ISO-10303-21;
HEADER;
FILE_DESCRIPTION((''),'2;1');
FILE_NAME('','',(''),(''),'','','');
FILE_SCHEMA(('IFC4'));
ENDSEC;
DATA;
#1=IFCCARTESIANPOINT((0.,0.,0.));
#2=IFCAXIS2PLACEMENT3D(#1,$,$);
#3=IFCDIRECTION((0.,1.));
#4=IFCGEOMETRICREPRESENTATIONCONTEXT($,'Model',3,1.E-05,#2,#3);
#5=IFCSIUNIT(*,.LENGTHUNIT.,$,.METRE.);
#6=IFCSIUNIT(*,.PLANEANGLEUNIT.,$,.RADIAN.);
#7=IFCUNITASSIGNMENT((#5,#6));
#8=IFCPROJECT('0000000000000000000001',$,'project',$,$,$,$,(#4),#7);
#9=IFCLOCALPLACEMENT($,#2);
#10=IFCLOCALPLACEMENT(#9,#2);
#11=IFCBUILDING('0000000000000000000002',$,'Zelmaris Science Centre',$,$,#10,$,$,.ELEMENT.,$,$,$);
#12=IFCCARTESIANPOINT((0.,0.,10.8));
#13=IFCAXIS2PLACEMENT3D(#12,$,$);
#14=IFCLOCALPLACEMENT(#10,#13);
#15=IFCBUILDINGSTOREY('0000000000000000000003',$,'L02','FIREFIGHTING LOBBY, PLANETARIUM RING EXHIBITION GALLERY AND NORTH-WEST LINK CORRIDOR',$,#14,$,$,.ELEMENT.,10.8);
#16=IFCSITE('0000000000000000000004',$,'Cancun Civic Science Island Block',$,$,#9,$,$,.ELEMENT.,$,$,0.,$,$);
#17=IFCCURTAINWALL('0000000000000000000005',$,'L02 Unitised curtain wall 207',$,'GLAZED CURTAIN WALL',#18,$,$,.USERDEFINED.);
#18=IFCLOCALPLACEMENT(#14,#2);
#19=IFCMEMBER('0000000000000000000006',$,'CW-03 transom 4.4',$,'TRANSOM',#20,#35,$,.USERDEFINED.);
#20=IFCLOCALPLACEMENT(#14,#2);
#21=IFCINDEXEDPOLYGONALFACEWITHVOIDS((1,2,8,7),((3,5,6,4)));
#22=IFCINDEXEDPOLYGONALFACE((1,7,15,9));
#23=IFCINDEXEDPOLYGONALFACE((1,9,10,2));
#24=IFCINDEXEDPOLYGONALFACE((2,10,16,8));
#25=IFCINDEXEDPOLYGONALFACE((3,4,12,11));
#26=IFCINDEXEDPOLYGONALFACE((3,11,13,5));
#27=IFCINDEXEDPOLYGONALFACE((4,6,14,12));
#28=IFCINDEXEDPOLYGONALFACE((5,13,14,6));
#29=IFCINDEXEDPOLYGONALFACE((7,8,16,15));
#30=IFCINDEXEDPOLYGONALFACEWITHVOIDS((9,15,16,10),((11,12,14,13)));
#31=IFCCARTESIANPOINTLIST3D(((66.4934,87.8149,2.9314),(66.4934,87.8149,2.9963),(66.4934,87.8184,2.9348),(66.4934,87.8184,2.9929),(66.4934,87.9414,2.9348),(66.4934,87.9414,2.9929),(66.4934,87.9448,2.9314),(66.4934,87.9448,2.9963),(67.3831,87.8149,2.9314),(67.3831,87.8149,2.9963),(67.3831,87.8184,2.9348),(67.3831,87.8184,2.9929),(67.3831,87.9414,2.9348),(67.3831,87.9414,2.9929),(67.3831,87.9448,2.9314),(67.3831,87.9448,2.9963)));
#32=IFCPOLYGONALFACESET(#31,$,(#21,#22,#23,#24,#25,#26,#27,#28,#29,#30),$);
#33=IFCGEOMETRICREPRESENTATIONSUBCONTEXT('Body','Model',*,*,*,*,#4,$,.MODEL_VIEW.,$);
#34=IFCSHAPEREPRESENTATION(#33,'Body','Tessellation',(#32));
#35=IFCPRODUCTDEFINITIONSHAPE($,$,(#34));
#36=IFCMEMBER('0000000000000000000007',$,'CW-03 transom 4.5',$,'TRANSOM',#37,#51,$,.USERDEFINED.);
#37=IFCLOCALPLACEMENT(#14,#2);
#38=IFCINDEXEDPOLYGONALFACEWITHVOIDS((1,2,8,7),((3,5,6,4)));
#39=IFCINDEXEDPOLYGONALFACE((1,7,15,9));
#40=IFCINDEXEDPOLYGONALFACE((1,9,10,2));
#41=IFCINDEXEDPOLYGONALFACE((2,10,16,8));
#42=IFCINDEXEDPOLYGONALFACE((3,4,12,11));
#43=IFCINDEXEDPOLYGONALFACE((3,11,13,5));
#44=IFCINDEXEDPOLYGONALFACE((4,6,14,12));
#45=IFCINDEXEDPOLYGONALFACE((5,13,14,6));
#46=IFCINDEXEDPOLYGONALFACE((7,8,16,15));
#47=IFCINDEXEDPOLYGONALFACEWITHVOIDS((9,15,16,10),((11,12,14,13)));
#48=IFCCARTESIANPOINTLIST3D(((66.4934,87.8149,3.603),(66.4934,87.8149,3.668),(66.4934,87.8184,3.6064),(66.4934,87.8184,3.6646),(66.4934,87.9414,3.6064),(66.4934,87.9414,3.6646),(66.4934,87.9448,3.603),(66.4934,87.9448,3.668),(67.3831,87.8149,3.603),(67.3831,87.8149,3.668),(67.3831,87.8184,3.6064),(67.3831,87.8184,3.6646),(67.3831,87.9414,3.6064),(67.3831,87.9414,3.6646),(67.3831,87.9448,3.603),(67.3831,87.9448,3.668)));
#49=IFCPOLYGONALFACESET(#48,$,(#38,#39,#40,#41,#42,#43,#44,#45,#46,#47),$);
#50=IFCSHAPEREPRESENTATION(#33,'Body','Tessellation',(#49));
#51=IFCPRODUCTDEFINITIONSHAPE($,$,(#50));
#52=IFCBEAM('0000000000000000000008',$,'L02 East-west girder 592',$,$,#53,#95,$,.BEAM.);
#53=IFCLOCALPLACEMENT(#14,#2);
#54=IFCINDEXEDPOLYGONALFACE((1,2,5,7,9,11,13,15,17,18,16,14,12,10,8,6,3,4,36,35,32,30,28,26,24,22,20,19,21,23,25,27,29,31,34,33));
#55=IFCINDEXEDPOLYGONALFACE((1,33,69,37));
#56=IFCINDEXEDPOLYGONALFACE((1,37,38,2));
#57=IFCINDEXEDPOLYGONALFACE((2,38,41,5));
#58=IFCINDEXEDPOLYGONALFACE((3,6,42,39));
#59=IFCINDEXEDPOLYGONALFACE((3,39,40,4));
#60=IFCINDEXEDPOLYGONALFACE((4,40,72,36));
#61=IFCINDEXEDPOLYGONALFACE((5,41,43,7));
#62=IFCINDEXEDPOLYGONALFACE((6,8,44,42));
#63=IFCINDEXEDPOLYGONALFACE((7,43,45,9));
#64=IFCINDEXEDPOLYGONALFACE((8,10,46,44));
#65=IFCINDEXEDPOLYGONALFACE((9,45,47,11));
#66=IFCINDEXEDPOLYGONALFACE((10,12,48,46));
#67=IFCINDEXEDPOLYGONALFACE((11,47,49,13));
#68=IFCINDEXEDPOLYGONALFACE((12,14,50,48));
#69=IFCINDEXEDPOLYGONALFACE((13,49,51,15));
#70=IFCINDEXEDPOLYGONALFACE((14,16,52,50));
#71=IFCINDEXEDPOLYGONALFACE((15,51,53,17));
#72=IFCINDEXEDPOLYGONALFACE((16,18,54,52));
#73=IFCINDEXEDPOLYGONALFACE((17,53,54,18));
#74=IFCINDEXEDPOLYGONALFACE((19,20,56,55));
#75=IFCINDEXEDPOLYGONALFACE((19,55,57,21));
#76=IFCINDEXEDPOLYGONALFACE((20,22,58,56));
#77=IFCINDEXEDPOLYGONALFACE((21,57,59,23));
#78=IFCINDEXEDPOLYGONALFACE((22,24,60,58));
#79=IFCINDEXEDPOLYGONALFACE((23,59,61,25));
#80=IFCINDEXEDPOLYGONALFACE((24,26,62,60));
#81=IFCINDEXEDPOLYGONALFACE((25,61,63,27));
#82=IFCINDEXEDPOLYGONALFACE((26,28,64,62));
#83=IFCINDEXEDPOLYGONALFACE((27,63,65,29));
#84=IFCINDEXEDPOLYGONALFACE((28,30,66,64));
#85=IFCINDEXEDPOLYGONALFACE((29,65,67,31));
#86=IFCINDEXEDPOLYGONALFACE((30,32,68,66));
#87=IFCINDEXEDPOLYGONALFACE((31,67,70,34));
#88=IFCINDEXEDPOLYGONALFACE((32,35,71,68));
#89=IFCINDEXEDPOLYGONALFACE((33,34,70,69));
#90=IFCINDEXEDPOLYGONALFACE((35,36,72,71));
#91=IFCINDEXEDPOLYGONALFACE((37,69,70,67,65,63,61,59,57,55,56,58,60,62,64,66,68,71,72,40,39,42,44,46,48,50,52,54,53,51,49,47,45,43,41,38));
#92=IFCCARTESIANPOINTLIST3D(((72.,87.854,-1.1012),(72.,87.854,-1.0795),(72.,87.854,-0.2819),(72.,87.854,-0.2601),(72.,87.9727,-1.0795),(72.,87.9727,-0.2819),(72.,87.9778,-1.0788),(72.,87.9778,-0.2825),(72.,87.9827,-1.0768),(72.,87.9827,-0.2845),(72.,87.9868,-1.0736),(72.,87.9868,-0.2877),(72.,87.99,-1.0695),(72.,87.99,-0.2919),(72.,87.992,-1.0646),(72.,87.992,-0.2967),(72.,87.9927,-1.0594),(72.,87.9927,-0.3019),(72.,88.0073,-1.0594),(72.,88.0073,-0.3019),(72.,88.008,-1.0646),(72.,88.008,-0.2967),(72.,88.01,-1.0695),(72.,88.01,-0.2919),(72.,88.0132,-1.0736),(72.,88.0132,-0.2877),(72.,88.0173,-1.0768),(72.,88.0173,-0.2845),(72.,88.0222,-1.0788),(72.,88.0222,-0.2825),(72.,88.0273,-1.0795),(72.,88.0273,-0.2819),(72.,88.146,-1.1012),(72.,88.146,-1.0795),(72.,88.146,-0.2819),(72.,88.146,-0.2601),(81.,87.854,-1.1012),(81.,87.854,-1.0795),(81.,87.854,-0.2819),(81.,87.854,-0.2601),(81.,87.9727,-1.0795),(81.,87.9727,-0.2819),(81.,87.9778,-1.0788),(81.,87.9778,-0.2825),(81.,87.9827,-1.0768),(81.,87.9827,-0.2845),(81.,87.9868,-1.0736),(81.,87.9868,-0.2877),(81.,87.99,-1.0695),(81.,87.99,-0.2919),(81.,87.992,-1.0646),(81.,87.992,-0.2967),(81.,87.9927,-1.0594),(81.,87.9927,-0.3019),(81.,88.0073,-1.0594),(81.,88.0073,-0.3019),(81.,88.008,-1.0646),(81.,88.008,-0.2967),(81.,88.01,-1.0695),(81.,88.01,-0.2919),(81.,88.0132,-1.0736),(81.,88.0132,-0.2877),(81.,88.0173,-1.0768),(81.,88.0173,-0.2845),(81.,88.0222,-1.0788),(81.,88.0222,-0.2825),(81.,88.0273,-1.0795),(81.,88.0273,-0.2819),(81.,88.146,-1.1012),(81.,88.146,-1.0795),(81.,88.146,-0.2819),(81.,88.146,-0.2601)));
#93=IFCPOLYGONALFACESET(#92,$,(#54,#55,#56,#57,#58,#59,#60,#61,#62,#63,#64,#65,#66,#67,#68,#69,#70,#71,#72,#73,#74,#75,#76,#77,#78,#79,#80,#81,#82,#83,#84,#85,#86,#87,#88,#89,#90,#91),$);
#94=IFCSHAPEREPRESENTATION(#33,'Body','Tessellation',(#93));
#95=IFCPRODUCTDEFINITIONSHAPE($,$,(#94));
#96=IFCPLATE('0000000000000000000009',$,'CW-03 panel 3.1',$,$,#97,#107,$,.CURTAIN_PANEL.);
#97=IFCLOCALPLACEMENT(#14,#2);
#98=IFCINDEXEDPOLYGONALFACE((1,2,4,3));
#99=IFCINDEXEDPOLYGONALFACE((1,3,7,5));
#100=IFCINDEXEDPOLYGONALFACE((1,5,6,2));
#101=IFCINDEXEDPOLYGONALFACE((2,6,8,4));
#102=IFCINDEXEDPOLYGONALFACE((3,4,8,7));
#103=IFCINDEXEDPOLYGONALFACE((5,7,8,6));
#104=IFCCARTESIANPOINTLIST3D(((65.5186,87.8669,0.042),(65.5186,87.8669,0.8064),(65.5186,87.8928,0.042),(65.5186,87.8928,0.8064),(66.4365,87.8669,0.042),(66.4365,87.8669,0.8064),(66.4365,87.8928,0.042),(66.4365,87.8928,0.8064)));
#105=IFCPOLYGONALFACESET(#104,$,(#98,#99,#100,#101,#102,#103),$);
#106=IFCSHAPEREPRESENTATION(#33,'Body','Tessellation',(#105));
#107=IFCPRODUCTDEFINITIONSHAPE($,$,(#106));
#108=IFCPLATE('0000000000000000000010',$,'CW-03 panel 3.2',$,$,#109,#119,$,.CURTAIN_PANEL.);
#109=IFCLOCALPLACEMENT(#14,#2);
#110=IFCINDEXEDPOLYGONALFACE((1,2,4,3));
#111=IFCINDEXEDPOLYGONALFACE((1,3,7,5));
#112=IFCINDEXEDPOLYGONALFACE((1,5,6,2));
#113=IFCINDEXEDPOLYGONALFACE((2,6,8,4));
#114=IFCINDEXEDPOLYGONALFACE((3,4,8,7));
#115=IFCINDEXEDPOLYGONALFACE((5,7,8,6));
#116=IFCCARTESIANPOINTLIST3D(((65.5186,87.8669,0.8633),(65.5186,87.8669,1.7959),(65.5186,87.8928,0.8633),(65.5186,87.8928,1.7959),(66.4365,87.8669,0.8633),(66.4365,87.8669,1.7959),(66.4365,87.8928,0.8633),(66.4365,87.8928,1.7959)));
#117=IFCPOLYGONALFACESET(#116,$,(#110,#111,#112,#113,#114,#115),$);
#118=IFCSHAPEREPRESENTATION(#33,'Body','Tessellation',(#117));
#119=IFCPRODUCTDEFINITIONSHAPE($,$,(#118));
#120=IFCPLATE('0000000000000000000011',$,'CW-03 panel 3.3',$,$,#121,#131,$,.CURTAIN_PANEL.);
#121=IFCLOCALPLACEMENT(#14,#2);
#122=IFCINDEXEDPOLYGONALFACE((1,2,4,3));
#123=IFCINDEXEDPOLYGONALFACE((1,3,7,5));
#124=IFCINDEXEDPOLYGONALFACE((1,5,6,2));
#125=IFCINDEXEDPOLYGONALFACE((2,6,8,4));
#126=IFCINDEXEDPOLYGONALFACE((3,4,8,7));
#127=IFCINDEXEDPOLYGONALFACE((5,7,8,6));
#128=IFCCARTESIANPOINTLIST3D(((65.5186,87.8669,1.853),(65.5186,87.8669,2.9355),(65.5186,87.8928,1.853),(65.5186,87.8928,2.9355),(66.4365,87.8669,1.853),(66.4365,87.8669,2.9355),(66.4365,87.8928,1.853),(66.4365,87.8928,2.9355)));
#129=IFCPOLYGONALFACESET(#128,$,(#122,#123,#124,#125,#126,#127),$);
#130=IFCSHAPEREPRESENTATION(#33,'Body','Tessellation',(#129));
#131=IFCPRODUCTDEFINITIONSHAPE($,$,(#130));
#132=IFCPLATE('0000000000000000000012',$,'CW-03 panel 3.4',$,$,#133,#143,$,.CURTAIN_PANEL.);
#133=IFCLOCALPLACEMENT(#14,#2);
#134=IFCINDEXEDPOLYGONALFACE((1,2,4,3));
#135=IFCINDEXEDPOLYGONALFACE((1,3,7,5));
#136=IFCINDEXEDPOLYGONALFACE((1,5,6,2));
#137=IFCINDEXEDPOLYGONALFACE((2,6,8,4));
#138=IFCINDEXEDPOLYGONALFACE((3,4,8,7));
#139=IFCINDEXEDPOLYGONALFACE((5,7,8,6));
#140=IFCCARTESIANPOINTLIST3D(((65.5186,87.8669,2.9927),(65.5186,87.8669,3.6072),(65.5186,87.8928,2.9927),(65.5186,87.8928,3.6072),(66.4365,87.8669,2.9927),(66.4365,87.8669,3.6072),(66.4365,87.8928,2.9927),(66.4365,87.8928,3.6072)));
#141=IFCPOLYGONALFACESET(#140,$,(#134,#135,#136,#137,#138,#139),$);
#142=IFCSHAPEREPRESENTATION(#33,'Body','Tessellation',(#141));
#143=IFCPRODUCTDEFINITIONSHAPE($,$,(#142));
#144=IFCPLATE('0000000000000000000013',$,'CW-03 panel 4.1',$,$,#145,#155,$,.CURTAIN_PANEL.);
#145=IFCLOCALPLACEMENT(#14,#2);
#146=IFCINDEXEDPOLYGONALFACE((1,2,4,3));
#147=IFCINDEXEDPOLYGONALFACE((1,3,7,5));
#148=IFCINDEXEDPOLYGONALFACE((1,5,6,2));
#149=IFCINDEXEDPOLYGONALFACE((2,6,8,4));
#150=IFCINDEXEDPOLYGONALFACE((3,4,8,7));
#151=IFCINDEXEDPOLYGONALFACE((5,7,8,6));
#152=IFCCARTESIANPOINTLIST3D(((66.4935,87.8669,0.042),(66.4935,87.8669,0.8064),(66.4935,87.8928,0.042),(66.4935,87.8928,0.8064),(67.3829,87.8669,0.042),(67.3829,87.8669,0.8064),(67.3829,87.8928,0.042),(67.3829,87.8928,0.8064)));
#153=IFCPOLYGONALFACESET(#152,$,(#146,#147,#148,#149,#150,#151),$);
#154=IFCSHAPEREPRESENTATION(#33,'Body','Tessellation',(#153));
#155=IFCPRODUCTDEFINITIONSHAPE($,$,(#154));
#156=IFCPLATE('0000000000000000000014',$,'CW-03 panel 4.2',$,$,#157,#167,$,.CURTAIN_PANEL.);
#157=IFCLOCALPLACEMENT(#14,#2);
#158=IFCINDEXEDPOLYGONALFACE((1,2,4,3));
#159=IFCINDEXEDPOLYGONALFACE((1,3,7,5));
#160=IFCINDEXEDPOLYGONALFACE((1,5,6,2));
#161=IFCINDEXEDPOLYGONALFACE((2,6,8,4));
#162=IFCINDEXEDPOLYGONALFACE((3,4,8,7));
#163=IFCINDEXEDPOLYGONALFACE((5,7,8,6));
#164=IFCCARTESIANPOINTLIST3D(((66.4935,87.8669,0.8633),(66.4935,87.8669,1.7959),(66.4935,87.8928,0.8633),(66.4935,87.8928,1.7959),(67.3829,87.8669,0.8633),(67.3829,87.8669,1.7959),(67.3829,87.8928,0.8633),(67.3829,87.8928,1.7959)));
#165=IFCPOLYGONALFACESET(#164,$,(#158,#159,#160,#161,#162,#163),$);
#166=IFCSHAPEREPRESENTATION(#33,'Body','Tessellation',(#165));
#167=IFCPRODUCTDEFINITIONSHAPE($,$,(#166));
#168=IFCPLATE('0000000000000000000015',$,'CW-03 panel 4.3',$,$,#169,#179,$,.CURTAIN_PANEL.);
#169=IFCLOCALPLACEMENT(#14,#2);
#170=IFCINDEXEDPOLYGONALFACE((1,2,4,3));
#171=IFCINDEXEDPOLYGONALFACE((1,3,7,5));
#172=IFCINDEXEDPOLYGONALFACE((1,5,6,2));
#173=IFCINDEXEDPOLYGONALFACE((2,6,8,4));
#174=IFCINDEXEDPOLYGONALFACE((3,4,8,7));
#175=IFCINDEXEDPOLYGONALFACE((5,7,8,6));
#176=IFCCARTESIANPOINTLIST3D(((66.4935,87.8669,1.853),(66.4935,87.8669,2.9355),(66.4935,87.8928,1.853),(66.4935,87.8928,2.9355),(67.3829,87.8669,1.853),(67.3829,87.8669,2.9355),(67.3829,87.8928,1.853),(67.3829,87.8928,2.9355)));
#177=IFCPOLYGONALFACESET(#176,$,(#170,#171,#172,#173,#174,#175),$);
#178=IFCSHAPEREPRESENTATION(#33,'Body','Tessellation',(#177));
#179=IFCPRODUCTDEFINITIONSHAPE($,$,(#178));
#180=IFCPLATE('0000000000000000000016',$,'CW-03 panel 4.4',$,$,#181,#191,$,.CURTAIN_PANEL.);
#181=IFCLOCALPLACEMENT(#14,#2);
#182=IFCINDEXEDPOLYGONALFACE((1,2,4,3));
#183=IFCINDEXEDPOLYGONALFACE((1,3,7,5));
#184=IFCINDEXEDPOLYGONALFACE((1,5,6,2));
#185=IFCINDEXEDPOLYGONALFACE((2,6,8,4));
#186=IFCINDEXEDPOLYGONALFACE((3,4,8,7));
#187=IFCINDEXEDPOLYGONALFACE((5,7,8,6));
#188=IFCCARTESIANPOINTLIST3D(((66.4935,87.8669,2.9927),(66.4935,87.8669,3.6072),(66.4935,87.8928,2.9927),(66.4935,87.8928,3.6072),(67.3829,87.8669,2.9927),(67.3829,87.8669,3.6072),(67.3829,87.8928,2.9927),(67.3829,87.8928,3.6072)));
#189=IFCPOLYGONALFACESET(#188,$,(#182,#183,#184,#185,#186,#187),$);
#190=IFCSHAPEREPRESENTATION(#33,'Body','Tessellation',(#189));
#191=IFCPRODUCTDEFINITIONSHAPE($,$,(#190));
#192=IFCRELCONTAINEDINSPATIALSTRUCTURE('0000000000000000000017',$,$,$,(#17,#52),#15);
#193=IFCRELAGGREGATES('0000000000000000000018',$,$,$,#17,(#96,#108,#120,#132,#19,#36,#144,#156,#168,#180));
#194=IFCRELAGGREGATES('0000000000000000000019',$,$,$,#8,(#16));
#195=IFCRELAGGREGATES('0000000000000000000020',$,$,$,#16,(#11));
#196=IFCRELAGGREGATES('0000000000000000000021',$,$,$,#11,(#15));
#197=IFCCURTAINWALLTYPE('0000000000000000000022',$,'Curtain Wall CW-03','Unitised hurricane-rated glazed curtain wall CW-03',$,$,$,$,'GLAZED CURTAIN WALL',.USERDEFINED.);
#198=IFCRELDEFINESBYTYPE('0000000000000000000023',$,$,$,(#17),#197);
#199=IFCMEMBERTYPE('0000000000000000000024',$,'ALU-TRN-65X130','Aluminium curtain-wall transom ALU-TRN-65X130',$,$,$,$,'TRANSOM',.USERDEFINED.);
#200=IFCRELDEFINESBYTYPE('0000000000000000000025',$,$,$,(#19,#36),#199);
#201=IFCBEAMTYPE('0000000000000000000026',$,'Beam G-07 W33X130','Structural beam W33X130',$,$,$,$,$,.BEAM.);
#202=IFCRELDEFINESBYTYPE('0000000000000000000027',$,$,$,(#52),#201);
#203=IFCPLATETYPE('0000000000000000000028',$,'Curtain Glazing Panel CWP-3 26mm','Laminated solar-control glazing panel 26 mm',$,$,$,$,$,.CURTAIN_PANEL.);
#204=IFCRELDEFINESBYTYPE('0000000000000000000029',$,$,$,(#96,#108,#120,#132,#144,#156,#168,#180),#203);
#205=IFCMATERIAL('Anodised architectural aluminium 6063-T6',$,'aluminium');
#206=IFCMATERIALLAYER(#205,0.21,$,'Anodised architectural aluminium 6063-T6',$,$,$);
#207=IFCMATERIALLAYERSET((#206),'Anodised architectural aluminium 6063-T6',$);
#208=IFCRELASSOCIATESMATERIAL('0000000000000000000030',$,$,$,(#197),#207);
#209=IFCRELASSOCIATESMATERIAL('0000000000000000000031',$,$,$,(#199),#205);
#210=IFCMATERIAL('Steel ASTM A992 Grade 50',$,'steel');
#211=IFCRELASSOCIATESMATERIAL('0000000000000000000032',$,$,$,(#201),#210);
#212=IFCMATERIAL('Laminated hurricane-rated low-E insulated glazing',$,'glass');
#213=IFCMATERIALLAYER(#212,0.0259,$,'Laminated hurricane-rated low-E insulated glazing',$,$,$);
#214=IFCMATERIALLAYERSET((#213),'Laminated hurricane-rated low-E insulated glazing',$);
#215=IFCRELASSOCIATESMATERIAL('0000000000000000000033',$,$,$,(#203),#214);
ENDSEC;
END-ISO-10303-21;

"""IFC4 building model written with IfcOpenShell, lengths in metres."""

from ifc_helpers import new_model, si_unit, direction, frame, origin, origin_2d, place, context, subcontext, project, spatial, rectangle, hollow_rectangle, i_section, extrude, material, layer, layer_set, material_profile, profile_set, type_object, element, aggregate, save


model = new_model("IFC4")

# Units and contexts
model_context = context("Model", 3, precision=1e-05, world=origin(), true_north=direction((0.0, 1.0)))
body_context = subcontext(model_context, "Body", "Model", "MODEL_VIEW")
ifc_project = project(units=[si_unit("LENGTHUNIT", "METRE"), si_unit("PLANEANGLEUNIT", "RADIAN")], contexts=[model_context])

# Site, building, storey
site_placement = place(None, origin())
site = spatial("IfcSite", under=ifc_project, at=site_placement, Name="Cancun Civic Science Island Block", CompositionType="ELEMENT", RefElevation=0.0)
building_placement = place(site_placement, origin())
building = spatial("IfcBuilding", under=site, at=building_placement, Name="Zelmaris Science Centre", CompositionType="ELEMENT")
storey_placement = place(building_placement, frame((0.0, 0.0, 10.8)))
storey = spatial("IfcBuildingStorey", under=building, at=storey_placement, Name="L02", Description="FIREFIGHTING LOBBY, PLANETARIUM RING EXHIBITION GALLERY AND NORTH-WEST LINK CORRIDOR", CompositionType="ELEMENT", Elevation=10.8)

# Shared definitions
ifc_material_1 = material(Name="Steel ASTM A992 Grade 50", Category="steel")

# Curtain wall, members
ifc_material_2 = material(Name="Anodised architectural aluminium 6063-T6", Category="aluminium")
ifc_layer_1 = layer(ifc_material_2, 0.21, Name="Anodised architectural aluminium 6063-T6")
ifc_layer_set_1 = layer_set([ifc_layer_1], Name="Anodised architectural aluminium 6063-T6")
curtain_wall_type = type_object("IfcCurtainWallType", Name="Curtain Wall CW-03", Description="Unitised hurricane-rated glazed curtain wall CW-03", ElementType="GLAZED CURTAIN WALL", PredefinedType="USERDEFINED", material=ifc_layer_set_1)
curtain_wall_placement = place(storey_placement, origin())
curtain_wall = element("IfcCurtainWall", 1, at=curtain_wall_placement, inside=storey, type_object=curtain_wall_type, Name="L02 Unitised curtain wall 207", ObjectType="GLAZED CURTAIN WALL", PredefinedType="USERDEFINED")
ifc_material_profile_1 = material_profile(ifc_material_2, hollow_rectangle(XDim=0.0649, YDim=0.1299, WallThickness=0.0034, at=origin_2d()), Name="ALU-TRN-65X130")
ifc_profile_set_1 = profile_set([ifc_material_profile_1], Name="Anodised architectural aluminium 6063-T6")
member_type_1 = type_object("IfcMemberType", Name="ALU-TRN-65X130", Description="Aluminium curtain-wall transom ALU-TRN-65X130", ElementType="TRANSOM", PredefinedType="USERDEFINED", material=ifc_profile_set_1)
member_1_placement = place(storey_placement, frame((66.4934, 87.8799, 2.9639), z_axis=(1.0, 0.0, 0.0), x_axis=(0.0, 0.0, 1.0)))
member_1 = element("IfcMember", 2, at=member_1_placement, type_object=member_type_1, Name="CW-03 transom 4.4", ObjectType="TRANSOM", PredefinedType="USERDEFINED", context=body_context, shape_type="SweptSolid", body=[
    extrude(hollow_rectangle(XDim=0.0649, YDim=0.1299, WallThickness=0.0034, at=origin_2d()), origin(), (0.0, 0.0, 1.0), 0.8896),
])
member_2_placement = place(storey_placement, frame((66.4934, 87.8799, 3.6355), z_axis=(1.0, 0.0, 0.0), x_axis=(0.0, 0.0, 1.0)))
member_2 = element("IfcMember", 3, at=member_2_placement, type_object=member_type_1, Name="CW-03 transom 4.5", ObjectType="TRANSOM", PredefinedType="USERDEFINED", context=body_context, shape_type="SweptSolid", body=[
    extrude(hollow_rectangle(XDim=0.0649, YDim=0.1299, WallThickness=0.0034, at=origin_2d()), origin(), (0.0, 0.0, 1.0), 0.8896),
])

# Beam
ifc_material_profile_2 = material_profile(ifc_material_1, i_section(OverallWidth=0.292, OverallDepth=0.8411, WebThickness=0.0146, FlangeThickness=0.0217, FilletRadius=0.02, at=origin_2d()), Name="W33X130")
ifc_profile_set_2 = profile_set([ifc_material_profile_2], Name="Steel ASTM A992 Grade 50")
beam_type = type_object("IfcBeamType", Name="Beam G-07 W33X130", Description="Structural beam W33X130", PredefinedType="BEAM", material=ifc_profile_set_2)
beam_placement = place(storey_placement, frame((72.0, 88.0, -0.6807), z_axis=(1.0, 0.0, 0.0), x_axis=(0.0, 1.0, 0.0)))
element("IfcBeam", 4, at=beam_placement, inside=storey, type_object=beam_type, Name="L02 East-west girder 592", PredefinedType="BEAM", context=body_context, shape_type="SweptSolid", body=[
    extrude(i_section(OverallWidth=0.292, OverallDepth=0.8411, WebThickness=0.0146, FlangeThickness=0.0217, FilletRadius=0.02, at=origin_2d()), origin(), (0.0, 0.0, 1.0), 9.0),
])

# Plates
ifc_material_3 = material(Name="Laminated hurricane-rated low-E insulated glazing", Category="glass")
ifc_layer_2 = layer(ifc_material_3, 0.0259, Name="Laminated hurricane-rated low-E insulated glazing")
ifc_layer_set_2 = layer_set([ifc_layer_2], Name="Laminated hurricane-rated low-E insulated glazing")
plate_type = type_object("IfcPlateType", Name="Curtain Glazing Panel CWP-3 26mm", Description="Laminated solar-control glazing panel 26 mm", PredefinedType="CURTAIN_PANEL", material=ifc_layer_set_2)
plate_1_placement = place(storey_placement, frame((65.9775, 87.8799, 0.042), z_axis=(0.0, 0.0, 1.0), x_axis=(1.0, 0.0, 0.0)))
plate_1 = element("IfcPlate", 5, at=plate_1_placement, type_object=plate_type, Name="CW-03 panel 3.1", PredefinedType="CURTAIN_PANEL", context=body_context, shape_type="SweptSolid", body=[
    extrude(rectangle(XDim=0.918, YDim=0.0259, at=origin_2d()), origin(), (0.0, 0.0, 1.0), 0.7644),
])
plate_2_placement = place(storey_placement, frame((65.9775, 87.8799, 0.8633), z_axis=(0.0, 0.0, 1.0), x_axis=(1.0, 0.0, 0.0)))
plate_2 = element("IfcPlate", 6, at=plate_2_placement, type_object=plate_type, Name="CW-03 panel 3.2", PredefinedType="CURTAIN_PANEL", context=body_context, shape_type="SweptSolid", body=[
    extrude(rectangle(XDim=0.918, YDim=0.0259, at=origin_2d()), origin(), (0.0, 0.0, 1.0), 0.9326),
])
plate_3_placement = place(storey_placement, frame((65.9775, 87.8799, 1.853), z_axis=(0.0, 0.0, 1.0), x_axis=(1.0, 0.0, 0.0)))
plate_3 = element("IfcPlate", 7, at=plate_3_placement, type_object=plate_type, Name="CW-03 panel 3.3", PredefinedType="CURTAIN_PANEL", context=body_context, shape_type="SweptSolid", body=[
    extrude(rectangle(XDim=0.918, YDim=0.0259, at=origin_2d()), origin(), (0.0, 0.0, 1.0), 1.0825),
])
plate_4_placement = place(storey_placement, frame((65.9775, 87.8799, 2.9927), z_axis=(0.0, 0.0, 1.0), x_axis=(1.0, 0.0, 0.0)))
plate_4 = element("IfcPlate", 8, at=plate_4_placement, type_object=plate_type, Name="CW-03 panel 3.4", PredefinedType="CURTAIN_PANEL", context=body_context, shape_type="SweptSolid", body=[
    extrude(rectangle(XDim=0.918, YDim=0.0259, at=origin_2d()), origin(), (0.0, 0.0, 1.0), 0.6145),
])
plate_5_placement = place(storey_placement, frame((66.9382, 87.8799, 0.042), z_axis=(0.0, 0.0, 1.0), x_axis=(1.0, 0.0, 0.0)))
plate_5 = element("IfcPlate", 9, at=plate_5_placement, type_object=plate_type, Name="CW-03 panel 4.1", PredefinedType="CURTAIN_PANEL", context=body_context, shape_type="SweptSolid", body=[
    extrude(rectangle(XDim=0.8894, YDim=0.0259, at=origin_2d()), origin(), (0.0, 0.0, 1.0), 0.7644),
])
plate_6_placement = place(storey_placement, frame((66.9382, 87.8799, 0.8633), z_axis=(0.0, 0.0, 1.0), x_axis=(1.0, 0.0, 0.0)))
plate_6 = element("IfcPlate", 10, at=plate_6_placement, type_object=plate_type, Name="CW-03 panel 4.2", PredefinedType="CURTAIN_PANEL", context=body_context, shape_type="SweptSolid", body=[
    extrude(rectangle(XDim=0.8894, YDim=0.0259, at=origin_2d()), origin(), (0.0, 0.0, 1.0), 0.9326),
])
plate_7_placement = place(storey_placement, frame((66.9382, 87.8799, 1.853), z_axis=(0.0, 0.0, 1.0), x_axis=(1.0, 0.0, 0.0)))
plate_7 = element("IfcPlate", 11, at=plate_7_placement, type_object=plate_type, Name="CW-03 panel 4.3", PredefinedType="CURTAIN_PANEL", context=body_context, shape_type="SweptSolid", body=[
    extrude(rectangle(XDim=0.8894, YDim=0.0259, at=origin_2d()), origin(), (0.0, 0.0, 1.0), 1.0825),
])
plate_8_placement = place(storey_placement, frame((66.9382, 87.8799, 2.9927), z_axis=(0.0, 0.0, 1.0), x_axis=(1.0, 0.0, 0.0)))
plate_8 = element("IfcPlate", 12, at=plate_8_placement, type_object=plate_type, Name="CW-03 panel 4.4", PredefinedType="CURTAIN_PANEL", context=body_context, shape_type="SweptSolid", body=[
    extrude(rectangle(XDim=0.8894, YDim=0.0259, at=origin_2d()), origin(), (0.0, 0.0, 1.0), 0.6145),
])
aggregate(curtain_wall, [plate_1, plate_2, plate_3, plate_4, member_1, member_2, plate_5, plate_6, plate_7, plate_8])

save(model, "model.ifc")
